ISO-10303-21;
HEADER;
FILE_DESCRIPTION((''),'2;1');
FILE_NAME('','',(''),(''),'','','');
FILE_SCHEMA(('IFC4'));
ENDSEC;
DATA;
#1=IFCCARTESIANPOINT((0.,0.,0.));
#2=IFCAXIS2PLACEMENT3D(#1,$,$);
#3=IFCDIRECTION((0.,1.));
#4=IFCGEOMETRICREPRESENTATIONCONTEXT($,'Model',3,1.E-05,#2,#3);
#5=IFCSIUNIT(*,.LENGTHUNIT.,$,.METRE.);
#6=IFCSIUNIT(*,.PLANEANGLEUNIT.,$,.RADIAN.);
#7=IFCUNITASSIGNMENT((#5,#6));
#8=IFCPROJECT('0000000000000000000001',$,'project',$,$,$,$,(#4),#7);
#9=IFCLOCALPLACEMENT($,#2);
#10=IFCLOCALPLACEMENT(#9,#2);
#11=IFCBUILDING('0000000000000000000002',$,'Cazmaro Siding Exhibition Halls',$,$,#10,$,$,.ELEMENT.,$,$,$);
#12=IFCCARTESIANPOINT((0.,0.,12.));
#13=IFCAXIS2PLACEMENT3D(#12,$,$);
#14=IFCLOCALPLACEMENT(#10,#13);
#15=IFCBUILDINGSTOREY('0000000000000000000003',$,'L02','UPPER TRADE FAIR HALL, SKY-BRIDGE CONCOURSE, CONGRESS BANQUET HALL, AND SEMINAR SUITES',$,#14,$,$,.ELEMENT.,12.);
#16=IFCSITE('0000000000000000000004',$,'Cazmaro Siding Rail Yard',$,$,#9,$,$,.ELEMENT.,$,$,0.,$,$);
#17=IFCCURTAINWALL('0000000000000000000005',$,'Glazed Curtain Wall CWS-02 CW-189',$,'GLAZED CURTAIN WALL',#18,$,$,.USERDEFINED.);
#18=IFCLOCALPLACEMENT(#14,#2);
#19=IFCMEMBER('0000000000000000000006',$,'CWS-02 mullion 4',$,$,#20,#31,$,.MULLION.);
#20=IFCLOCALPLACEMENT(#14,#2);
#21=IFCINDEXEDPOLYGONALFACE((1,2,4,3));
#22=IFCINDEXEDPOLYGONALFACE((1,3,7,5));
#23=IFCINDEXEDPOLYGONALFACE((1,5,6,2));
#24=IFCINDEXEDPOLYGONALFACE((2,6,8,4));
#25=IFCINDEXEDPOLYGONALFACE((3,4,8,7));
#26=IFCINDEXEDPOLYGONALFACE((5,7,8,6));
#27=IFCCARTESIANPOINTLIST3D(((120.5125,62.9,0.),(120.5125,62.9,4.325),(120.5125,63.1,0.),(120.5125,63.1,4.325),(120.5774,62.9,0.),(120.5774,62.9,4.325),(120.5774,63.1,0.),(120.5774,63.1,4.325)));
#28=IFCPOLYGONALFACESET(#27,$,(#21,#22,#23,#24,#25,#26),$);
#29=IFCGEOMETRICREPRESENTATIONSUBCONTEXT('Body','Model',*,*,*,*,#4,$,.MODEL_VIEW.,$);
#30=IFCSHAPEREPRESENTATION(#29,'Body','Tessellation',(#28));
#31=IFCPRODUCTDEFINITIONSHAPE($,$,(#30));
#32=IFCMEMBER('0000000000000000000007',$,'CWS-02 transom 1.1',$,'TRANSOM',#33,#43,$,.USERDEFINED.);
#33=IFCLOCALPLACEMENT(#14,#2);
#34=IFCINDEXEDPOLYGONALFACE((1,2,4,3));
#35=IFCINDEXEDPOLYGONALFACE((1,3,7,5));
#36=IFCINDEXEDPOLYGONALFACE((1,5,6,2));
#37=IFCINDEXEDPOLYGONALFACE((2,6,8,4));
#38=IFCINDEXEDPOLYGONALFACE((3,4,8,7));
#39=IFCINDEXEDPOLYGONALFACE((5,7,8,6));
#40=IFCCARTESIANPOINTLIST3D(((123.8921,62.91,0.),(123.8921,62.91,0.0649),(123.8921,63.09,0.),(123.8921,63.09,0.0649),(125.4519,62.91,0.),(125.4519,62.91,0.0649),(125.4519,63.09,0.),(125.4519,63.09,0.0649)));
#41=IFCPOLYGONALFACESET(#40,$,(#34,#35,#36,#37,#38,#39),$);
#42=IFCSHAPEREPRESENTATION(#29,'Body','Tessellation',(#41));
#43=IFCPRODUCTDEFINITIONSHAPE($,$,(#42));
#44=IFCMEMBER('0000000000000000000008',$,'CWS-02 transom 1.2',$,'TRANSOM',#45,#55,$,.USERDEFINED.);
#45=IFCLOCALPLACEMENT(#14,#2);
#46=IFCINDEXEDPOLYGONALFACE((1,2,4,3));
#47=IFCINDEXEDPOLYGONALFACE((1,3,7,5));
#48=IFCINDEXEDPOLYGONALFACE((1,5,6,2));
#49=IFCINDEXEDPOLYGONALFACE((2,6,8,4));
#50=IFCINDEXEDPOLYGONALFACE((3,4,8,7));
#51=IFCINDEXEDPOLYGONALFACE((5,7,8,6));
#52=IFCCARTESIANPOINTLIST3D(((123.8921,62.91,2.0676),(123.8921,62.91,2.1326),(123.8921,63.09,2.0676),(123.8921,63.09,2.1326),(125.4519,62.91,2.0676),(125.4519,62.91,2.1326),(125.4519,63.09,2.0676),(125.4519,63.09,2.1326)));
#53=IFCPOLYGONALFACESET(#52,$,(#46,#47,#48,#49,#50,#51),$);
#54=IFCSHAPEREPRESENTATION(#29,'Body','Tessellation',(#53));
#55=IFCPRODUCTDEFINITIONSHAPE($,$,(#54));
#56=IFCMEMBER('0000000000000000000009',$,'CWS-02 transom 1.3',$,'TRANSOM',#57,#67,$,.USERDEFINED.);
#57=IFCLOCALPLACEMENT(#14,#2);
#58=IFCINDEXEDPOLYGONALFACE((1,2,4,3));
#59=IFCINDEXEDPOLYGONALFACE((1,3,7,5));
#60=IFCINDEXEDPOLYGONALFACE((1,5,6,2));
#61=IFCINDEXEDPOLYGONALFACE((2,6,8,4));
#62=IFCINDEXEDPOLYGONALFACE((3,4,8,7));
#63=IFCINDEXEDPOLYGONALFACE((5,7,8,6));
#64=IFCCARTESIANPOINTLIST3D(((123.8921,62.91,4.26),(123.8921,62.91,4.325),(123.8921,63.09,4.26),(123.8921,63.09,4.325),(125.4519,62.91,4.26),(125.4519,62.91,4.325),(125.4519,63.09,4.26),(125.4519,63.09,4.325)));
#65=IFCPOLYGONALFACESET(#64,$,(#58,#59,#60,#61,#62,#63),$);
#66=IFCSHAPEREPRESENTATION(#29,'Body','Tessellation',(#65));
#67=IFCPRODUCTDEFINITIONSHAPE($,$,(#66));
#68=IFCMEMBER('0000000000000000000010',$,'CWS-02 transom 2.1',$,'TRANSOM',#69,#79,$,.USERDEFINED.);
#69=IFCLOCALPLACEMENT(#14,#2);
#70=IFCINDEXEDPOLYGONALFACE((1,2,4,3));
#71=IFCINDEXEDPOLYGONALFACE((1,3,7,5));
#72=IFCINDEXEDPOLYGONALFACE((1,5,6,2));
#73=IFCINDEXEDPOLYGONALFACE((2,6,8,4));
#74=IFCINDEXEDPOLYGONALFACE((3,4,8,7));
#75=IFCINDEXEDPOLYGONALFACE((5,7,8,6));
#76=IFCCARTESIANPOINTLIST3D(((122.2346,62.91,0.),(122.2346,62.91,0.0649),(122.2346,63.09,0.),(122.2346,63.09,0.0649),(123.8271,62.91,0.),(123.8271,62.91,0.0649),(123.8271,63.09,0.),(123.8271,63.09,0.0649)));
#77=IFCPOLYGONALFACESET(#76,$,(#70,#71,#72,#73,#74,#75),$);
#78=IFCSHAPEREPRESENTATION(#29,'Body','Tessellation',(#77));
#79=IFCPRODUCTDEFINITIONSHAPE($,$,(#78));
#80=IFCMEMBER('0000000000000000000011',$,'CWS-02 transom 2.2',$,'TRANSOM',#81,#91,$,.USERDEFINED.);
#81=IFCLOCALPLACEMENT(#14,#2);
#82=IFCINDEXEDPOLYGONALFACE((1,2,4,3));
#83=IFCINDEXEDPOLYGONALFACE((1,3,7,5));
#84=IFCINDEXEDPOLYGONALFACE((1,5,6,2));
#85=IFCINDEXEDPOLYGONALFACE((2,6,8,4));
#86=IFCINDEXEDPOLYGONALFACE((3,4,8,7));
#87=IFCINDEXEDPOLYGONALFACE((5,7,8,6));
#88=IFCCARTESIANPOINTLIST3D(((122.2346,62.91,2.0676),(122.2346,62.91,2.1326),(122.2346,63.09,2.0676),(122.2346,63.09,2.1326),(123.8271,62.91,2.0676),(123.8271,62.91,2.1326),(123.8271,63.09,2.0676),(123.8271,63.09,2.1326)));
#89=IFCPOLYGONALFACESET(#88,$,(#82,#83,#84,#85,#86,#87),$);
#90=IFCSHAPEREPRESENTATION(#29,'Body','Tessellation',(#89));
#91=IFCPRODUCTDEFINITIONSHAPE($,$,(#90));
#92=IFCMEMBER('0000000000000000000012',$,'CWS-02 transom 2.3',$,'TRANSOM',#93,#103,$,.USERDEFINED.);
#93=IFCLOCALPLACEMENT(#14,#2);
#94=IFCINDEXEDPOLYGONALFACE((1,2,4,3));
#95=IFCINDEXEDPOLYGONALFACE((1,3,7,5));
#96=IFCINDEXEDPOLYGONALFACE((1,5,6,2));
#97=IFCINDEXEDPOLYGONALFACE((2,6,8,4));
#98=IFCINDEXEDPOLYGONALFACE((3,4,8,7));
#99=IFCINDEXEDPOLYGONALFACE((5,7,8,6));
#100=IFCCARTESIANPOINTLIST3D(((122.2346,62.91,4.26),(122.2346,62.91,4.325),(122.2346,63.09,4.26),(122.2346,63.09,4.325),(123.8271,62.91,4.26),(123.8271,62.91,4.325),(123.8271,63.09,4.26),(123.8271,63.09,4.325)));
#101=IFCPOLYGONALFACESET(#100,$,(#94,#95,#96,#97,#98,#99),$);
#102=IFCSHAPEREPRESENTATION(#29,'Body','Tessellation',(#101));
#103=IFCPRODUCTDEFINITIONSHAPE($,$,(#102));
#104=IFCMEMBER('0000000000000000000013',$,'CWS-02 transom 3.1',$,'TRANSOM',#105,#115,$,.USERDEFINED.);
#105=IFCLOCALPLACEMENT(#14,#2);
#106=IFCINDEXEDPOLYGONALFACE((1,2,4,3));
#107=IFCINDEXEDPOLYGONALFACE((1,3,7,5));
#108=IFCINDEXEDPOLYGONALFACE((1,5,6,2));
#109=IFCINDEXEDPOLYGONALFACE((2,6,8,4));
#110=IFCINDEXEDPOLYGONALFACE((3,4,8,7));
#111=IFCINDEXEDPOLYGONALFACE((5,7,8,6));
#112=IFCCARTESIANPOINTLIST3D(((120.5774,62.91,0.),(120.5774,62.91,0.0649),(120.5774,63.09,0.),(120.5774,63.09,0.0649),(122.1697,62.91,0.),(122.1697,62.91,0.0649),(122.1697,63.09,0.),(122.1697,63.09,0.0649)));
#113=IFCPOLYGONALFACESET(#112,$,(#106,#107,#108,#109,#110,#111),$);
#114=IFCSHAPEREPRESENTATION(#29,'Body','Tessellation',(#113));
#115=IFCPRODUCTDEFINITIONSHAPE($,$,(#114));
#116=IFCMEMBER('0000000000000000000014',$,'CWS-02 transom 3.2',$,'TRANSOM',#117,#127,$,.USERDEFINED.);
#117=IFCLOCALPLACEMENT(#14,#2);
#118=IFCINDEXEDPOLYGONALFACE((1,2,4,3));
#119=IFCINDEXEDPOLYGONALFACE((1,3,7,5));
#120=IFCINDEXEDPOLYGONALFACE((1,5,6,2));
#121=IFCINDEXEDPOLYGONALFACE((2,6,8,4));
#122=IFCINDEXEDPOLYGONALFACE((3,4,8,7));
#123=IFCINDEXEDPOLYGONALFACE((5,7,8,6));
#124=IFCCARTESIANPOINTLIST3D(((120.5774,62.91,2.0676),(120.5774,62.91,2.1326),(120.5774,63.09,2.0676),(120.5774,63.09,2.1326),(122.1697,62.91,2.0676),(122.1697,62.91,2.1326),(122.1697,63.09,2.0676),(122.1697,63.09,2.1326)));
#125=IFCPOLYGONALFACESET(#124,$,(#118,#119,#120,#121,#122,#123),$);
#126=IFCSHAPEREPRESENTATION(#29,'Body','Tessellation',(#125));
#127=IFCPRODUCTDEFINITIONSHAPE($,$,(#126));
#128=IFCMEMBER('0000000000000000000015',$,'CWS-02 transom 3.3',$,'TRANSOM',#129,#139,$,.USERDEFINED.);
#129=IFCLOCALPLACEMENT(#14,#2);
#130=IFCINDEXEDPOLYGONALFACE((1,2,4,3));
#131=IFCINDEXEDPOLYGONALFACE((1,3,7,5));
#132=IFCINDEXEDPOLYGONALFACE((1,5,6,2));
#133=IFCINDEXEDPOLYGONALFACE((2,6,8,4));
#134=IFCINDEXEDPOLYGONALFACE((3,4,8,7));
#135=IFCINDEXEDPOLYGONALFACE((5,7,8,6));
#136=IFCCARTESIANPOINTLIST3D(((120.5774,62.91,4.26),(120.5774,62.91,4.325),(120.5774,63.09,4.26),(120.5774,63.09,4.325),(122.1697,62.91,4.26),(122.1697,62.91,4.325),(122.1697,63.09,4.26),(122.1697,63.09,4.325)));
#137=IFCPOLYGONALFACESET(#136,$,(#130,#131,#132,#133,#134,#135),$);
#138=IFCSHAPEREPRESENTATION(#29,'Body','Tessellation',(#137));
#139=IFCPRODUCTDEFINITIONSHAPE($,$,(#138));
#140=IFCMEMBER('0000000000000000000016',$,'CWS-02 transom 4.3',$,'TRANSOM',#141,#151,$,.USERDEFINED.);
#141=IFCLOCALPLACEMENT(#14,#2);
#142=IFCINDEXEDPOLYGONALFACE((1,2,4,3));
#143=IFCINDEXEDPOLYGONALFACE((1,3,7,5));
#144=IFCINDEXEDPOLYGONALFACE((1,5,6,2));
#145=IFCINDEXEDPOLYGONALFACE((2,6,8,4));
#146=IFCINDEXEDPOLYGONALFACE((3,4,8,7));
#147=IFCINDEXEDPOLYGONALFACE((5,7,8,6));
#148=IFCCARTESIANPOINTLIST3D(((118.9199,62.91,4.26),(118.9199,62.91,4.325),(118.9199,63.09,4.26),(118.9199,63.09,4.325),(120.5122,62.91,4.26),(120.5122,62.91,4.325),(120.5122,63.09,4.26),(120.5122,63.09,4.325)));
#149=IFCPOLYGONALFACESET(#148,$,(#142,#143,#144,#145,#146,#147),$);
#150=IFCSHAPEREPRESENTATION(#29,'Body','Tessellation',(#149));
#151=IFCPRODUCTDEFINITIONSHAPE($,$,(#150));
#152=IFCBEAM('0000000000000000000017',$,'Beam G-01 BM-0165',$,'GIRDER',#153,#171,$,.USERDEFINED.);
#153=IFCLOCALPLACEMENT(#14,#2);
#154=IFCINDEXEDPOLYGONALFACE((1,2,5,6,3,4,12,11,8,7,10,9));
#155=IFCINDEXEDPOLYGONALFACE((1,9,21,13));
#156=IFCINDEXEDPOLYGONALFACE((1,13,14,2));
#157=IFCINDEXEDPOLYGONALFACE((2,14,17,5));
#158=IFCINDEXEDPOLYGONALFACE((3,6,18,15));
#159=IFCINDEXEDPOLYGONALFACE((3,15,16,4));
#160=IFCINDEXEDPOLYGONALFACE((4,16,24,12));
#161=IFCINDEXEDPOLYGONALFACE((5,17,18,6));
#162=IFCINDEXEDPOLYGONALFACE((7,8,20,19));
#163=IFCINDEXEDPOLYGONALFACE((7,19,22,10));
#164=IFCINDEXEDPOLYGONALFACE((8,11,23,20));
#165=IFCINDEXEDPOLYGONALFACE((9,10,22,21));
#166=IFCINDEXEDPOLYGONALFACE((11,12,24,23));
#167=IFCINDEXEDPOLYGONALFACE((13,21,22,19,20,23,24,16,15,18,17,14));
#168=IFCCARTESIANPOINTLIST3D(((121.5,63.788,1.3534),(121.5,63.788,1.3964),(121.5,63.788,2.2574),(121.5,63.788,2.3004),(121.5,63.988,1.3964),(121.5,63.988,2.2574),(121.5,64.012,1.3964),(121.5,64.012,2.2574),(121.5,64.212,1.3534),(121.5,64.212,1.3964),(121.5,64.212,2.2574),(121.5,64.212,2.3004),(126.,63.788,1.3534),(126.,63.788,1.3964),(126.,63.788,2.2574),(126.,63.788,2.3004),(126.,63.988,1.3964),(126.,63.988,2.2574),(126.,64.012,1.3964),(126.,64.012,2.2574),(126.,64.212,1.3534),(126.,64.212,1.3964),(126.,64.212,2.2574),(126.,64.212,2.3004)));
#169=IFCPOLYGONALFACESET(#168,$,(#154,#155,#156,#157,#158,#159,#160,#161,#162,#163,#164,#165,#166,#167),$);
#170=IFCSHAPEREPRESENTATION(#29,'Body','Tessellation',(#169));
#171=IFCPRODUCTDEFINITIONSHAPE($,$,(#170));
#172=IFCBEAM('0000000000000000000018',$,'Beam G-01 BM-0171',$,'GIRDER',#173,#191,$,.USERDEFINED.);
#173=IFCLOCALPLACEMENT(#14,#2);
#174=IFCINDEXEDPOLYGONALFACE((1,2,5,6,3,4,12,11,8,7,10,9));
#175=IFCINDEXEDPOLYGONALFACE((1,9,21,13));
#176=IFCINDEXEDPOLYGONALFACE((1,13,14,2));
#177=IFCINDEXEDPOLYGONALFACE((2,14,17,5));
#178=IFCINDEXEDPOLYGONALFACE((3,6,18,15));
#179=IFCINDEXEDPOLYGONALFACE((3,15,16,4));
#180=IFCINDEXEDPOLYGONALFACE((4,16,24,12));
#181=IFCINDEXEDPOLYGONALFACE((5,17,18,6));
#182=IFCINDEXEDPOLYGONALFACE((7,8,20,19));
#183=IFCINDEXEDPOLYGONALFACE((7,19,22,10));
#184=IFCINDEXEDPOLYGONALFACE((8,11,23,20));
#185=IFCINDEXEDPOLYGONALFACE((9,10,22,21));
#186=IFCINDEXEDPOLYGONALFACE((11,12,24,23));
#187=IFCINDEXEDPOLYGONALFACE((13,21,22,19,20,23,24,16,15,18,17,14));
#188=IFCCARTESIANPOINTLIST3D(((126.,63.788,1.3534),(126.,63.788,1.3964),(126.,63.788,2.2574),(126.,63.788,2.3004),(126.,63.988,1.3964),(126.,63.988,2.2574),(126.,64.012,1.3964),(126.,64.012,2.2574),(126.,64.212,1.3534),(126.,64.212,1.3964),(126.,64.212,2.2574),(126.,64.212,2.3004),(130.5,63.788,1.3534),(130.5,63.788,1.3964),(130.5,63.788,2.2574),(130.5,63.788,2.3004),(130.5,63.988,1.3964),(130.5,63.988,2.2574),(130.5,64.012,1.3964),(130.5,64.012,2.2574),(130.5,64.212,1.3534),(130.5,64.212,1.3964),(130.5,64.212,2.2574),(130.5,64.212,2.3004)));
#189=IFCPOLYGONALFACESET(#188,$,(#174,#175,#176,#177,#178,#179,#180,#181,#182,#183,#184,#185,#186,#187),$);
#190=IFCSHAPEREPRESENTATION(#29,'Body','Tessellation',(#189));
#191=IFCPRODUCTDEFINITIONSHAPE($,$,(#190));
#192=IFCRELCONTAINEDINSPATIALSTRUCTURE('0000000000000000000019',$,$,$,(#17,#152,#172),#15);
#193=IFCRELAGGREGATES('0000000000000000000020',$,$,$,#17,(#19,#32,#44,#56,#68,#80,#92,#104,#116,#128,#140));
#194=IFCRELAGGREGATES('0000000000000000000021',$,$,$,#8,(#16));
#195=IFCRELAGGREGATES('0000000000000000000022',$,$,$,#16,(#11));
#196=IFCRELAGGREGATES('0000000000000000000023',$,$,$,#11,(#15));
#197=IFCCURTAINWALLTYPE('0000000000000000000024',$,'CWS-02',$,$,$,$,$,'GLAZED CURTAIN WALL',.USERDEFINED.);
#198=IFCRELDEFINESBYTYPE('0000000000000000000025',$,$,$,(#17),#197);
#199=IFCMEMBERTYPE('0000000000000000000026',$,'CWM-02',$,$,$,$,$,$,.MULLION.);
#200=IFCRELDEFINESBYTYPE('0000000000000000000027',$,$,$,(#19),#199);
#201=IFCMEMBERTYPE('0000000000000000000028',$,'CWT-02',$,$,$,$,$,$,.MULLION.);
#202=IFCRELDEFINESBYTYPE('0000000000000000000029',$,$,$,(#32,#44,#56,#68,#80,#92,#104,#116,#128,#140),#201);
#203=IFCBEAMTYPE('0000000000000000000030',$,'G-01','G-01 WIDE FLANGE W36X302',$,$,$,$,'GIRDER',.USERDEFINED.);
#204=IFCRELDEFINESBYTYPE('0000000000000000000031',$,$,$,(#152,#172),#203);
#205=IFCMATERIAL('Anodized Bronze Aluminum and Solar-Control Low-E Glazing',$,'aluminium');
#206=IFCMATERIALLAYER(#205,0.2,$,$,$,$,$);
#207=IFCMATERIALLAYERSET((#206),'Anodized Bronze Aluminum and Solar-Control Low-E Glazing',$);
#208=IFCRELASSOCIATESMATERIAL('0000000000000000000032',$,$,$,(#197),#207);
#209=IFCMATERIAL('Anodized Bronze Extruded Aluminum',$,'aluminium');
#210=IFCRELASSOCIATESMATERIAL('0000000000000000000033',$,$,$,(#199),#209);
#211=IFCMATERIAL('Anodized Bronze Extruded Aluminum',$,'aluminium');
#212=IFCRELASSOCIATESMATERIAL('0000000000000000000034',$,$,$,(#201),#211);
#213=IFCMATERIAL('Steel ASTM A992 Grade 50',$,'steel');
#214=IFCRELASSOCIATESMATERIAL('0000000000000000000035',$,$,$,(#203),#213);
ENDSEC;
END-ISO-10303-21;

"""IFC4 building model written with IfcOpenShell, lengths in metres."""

from ifc_helpers import new_model, si_unit, direction, frame, origin, origin_2d, place, context, subcontext, project, spatial, rectangle, i_section, extrude, material, layer, layer_set, material_profile, profile_set, type_object, element, aggregate, save


model = new_model("IFC4")

# Units and contexts
model_context = context("Model", 3, precision=1e-05, world=origin(), true_north=direction((0.0, 1.0)))
body_context = subcontext(model_context, "Body", "Model", "MODEL_VIEW")
ifc_project = project(units=[si_unit("LENGTHUNIT", "METRE"), si_unit("PLANEANGLEUNIT", "RADIAN")], contexts=[model_context])

# Site, building, storey
site_placement = place(None, origin())
site = spatial("IfcSite", under=ifc_project, at=site_placement, Name="Cazmaro Siding Rail Yard", CompositionType="ELEMENT", RefElevation=0.0)
building_placement = place(site_placement, origin())
building = spatial("IfcBuilding", under=site, at=building_placement, Name="Cazmaro Siding Exhibition Halls", CompositionType="ELEMENT")
storey_placement = place(building_placement, frame((0.0, 0.0, 12.0)))
storey = spatial("IfcBuildingStorey", under=building, at=storey_placement, Name="L02", Description="UPPER TRADE FAIR HALL, SKY-BRIDGE CONCOURSE, CONGRESS BANQUET HALL, AND SEMINAR SUITES", CompositionType="ELEMENT", Elevation=12.0)

# Curtain wall, members
ifc_material_1 = material(Name="Anodized Bronze Aluminum and Solar-Control Low-E Glazing", Category="aluminium")
ifc_layer_1 = layer(ifc_material_1, 0.2)
ifc_layer_set_1 = layer_set([ifc_layer_1], Name="Anodized Bronze Aluminum and Solar-Control Low-E Glazing")
curtain_wall_type = type_object("IfcCurtainWallType", Name="CWS-02", ElementType="GLAZED CURTAIN WALL", PredefinedType="USERDEFINED", material=ifc_layer_set_1)
curtain_wall_placement = place(storey_placement, origin())
curtain_wall = element("IfcCurtainWall", 1, at=curtain_wall_placement, inside=storey, type_object=curtain_wall_type, Name="Glazed Curtain Wall CWS-02 CW-189", ObjectType="GLAZED CURTAIN WALL", PredefinedType="USERDEFINED")
ifc_material_2 = material(Name="Anodized Bronze Extruded Aluminum", Category="aluminium")
ifc_material_profile_1 = material_profile(ifc_material_2, rectangle(XDim=0.2, YDim=0.0649, at=origin_2d()), Name="CWM-02")
ifc_profile_set_1 = profile_set([ifc_material_profile_1], Name="Anodized Bronze Extruded Aluminum")
member_type_1 = type_object("IfcMemberType", Name="CWM-02", PredefinedType="MULLION", material=ifc_profile_set_1)
member_1_placement = place(storey_placement, frame((120.5449, 63.0, 0.0), z_axis=(0.0, 0.0, 1.0), x_axis=(0.0, -1.0, 0.0)))
member_1 = element("IfcMember", 2, at=member_1_placement, type_object=member_type_1, Name="CWS-02 mullion 4", PredefinedType="MULLION", context=body_context, shape_type="SweptSolid", body=[
    extrude(rectangle(XDim=0.2, YDim=0.0649, at=origin_2d()), origin(), (0.0, 0.0, 1.0), 4.325),
])
ifc_material_3 = material(Name="Anodized Bronze Extruded Aluminum", Category="aluminium")
ifc_material_profile_2 = material_profile(ifc_material_3, rectangle(XDim=0.1799, YDim=0.0649, at=origin_2d()), Name="CWT-02")
ifc_profile_set_2 = profile_set([ifc_material_profile_2], Name="Anodized Bronze Extruded Aluminum")
member_type_2 = type_object("IfcMemberType", Name="CWT-02", PredefinedType="MULLION", material=ifc_profile_set_2)
member_2_placement = place(storey_placement, frame((125.4519, 63.0, 0.0325), z_axis=(-1.0, 0.0, 0.0), x_axis=(0.0, -1.0, 0.0)))
member_2 = element("IfcMember", 3, at=member_2_placement, type_object=member_type_2, Name="CWS-02 transom 1.1", ObjectType="TRANSOM", PredefinedType="USERDEFINED", context=body_context, shape_type="SweptSolid", body=[
    extrude(rectangle(XDim=0.1799, YDim=0.0649, at=origin_2d()), origin(), (0.0, 0.0, 1.0), 1.5598),
])
member_3_placement = place(storey_placement, frame((125.4519, 63.0, 2.1001), z_axis=(-1.0, 0.0, 0.0), x_axis=(0.0, -1.0, 0.0)))
member_3 = element("IfcMember", 4, at=member_3_placement, type_object=member_type_2, Name="CWS-02 transom 1.2", ObjectType="TRANSOM", PredefinedType="USERDEFINED", context=body_context, shape_type="SweptSolid", body=[
    extrude(rectangle(XDim=0.1799, YDim=0.0649, at=origin_2d()), origin(), (0.0, 0.0, 1.0), 1.5598),
])
member_4_placement = place(storey_placement, frame((125.4519, 63.0, 4.2925), z_axis=(-1.0, 0.0, 0.0), x_axis=(0.0, -1.0, 0.0)))
member_4 = element("IfcMember", 5, at=member_4_placement, type_object=member_type_2, Name="CWS-02 transom 1.3", ObjectType="TRANSOM", PredefinedType="USERDEFINED", context=body_context, shape_type="SweptSolid", body=[
    extrude(rectangle(XDim=0.1799, YDim=0.0649, at=origin_2d()), origin(), (0.0, 0.0, 1.0), 1.5598),
])
member_5_placement = place(storey_placement, frame((123.8271, 63.0, 0.0325), z_axis=(-1.0, 0.0, 0.0), x_axis=(0.0, -1.0, 0.0)))
member_5 = element("IfcMember", 6, at=member_5_placement, type_object=member_type_2, Name="CWS-02 transom 2.1", ObjectType="TRANSOM", PredefinedType="USERDEFINED", context=body_context, shape_type="SweptSolid", body=[
    extrude(rectangle(XDim=0.1799, YDim=0.0649, at=origin_2d()), origin(), (0.0, 0.0, 1.0), 1.5925),
])
member_6_placement = place(storey_placement, frame((123.8271, 63.0, 2.1001), z_axis=(-1.0, 0.0, 0.0), x_axis=(0.0, -1.0, 0.0)))
member_6 = element("IfcMember", 7, at=member_6_placement, type_object=member_type_2, Name="CWS-02 transom 2.2", ObjectType="TRANSOM", PredefinedType="USERDEFINED", context=body_context, shape_type="SweptSolid", body=[
    extrude(rectangle(XDim=0.1799, YDim=0.0649, at=origin_2d()), origin(), (0.0, 0.0, 1.0), 1.5925),
])
member_7_placement = place(storey_placement, frame((123.8271, 63.0, 4.2925), z_axis=(-1.0, 0.0, 0.0), x_axis=(0.0, -1.0, 0.0)))
member_7 = element("IfcMember", 8, at=member_7_placement, type_object=member_type_2, Name="CWS-02 transom 2.3", ObjectType="TRANSOM", PredefinedType="USERDEFINED", context=body_context, shape_type="SweptSolid", body=[
    extrude(rectangle(XDim=0.1799, YDim=0.0649, at=origin_2d()), origin(), (0.0, 0.0, 1.0), 1.5925),
])
member_8_placement = place(storey_placement, frame((122.1697, 63.0, 0.0325), z_axis=(-1.0, 0.0, 0.0), x_axis=(0.0, -1.0, 0.0)))
member_8 = element("IfcMember", 9, at=member_8_placement, type_object=member_type_2, Name="CWS-02 transom 3.1", ObjectType="TRANSOM", PredefinedType="USERDEFINED", context=body_context, shape_type="SweptSolid", body=[
    extrude(rectangle(XDim=0.1799, YDim=0.0649, at=origin_2d()), origin(), (0.0, 0.0, 1.0), 1.5923),
])
member_9_placement = place(storey_placement, frame((122.1697, 63.0, 2.1001), z_axis=(-1.0, 0.0, 0.0), x_axis=(0.0, -1.0, 0.0)))
member_9 = element("IfcMember", 10, at=member_9_placement, type_object=member_type_2, Name="CWS-02 transom 3.2", ObjectType="TRANSOM", PredefinedType="USERDEFINED", context=body_context, shape_type="SweptSolid", body=[
    extrude(rectangle(XDim=0.1799, YDim=0.0649, at=origin_2d()), origin(), (0.0, 0.0, 1.0), 1.5923),
])
member_10_placement = place(storey_placement, frame((122.1697, 63.0, 4.2925), z_axis=(-1.0, 0.0, 0.0), x_axis=(0.0, -1.0, 0.0)))
member_10 = element("IfcMember", 11, at=member_10_placement, type_object=member_type_2, Name="CWS-02 transom 3.3", ObjectType="TRANSOM", PredefinedType="USERDEFINED", context=body_context, shape_type="SweptSolid", body=[
    extrude(rectangle(XDim=0.1799, YDim=0.0649, at=origin_2d()), origin(), (0.0, 0.0, 1.0), 1.5923),
])
member_11_placement = place(storey_placement, frame((120.5122, 63.0, 4.2925), z_axis=(-1.0, 0.0, 0.0), x_axis=(0.0, -1.0, 0.0)))
member_11 = element("IfcMember", 12, at=member_11_placement, type_object=member_type_2, Name="CWS-02 transom 4.3", ObjectType="TRANSOM", PredefinedType="USERDEFINED", context=body_context, shape_type="SweptSolid", body=[
    extrude(rectangle(XDim=0.1799, YDim=0.0649, at=origin_2d()), origin(), (0.0, 0.0, 1.0), 1.5923),
])

# Beams
ifc_material_4 = material(Name="Steel ASTM A992 Grade 50", Category="steel")
ifc_material_profile_3 = material_profile(ifc_material_4, i_section(OverallWidth=0.4241, OverallDepth=0.947, WebThickness=0.0239, FlangeThickness=0.043, at=origin_2d()), Name="W36X302")
ifc_profile_set_3 = profile_set([ifc_material_profile_3], Name="Steel ASTM A992 Grade 50")
beam_type_1 = type_object("IfcBeamType", Name="G-01", Description="G-01 WIDE FLANGE W36X302", ElementType="GIRDER", PredefinedType="USERDEFINED", material=ifc_profile_set_3)
for number, where, z_axis, x_axis, name in (
    (13, (121.5, 64.0, 1.8269), (1.0, 0.0, 0.0), (0.0, 1.0, 0.0), "Beam G-01 BM-0165"),
    (14, (126.0, 64.0, 1.8269), (1.0, 0.0, 0.0), (0.0, 1.0, 0.0), "Beam G-01 BM-0171"),
):
    element("IfcBeam", number, at=place(storey_placement, frame(where, z_axis=z_axis, x_axis=x_axis)), inside=storey, type_object=beam_type_1, Name=name, ObjectType="GIRDER", PredefinedType="USERDEFINED", context=body_context, shape_type="SweptSolid", body=[
        extrude(i_section(OverallWidth=0.4241, OverallDepth=0.947, WebThickness=0.0239, FlangeThickness=0.043, at=origin_2d()), origin(), (0.0, 0.0, 1.0), 4.5),
    ])

aggregate(curtain_wall, [member_1, member_2, member_3, member_4, member_5, member_6, member_7, member_8, member_9, member_10, member_11])

save(model, "model.ifc")
